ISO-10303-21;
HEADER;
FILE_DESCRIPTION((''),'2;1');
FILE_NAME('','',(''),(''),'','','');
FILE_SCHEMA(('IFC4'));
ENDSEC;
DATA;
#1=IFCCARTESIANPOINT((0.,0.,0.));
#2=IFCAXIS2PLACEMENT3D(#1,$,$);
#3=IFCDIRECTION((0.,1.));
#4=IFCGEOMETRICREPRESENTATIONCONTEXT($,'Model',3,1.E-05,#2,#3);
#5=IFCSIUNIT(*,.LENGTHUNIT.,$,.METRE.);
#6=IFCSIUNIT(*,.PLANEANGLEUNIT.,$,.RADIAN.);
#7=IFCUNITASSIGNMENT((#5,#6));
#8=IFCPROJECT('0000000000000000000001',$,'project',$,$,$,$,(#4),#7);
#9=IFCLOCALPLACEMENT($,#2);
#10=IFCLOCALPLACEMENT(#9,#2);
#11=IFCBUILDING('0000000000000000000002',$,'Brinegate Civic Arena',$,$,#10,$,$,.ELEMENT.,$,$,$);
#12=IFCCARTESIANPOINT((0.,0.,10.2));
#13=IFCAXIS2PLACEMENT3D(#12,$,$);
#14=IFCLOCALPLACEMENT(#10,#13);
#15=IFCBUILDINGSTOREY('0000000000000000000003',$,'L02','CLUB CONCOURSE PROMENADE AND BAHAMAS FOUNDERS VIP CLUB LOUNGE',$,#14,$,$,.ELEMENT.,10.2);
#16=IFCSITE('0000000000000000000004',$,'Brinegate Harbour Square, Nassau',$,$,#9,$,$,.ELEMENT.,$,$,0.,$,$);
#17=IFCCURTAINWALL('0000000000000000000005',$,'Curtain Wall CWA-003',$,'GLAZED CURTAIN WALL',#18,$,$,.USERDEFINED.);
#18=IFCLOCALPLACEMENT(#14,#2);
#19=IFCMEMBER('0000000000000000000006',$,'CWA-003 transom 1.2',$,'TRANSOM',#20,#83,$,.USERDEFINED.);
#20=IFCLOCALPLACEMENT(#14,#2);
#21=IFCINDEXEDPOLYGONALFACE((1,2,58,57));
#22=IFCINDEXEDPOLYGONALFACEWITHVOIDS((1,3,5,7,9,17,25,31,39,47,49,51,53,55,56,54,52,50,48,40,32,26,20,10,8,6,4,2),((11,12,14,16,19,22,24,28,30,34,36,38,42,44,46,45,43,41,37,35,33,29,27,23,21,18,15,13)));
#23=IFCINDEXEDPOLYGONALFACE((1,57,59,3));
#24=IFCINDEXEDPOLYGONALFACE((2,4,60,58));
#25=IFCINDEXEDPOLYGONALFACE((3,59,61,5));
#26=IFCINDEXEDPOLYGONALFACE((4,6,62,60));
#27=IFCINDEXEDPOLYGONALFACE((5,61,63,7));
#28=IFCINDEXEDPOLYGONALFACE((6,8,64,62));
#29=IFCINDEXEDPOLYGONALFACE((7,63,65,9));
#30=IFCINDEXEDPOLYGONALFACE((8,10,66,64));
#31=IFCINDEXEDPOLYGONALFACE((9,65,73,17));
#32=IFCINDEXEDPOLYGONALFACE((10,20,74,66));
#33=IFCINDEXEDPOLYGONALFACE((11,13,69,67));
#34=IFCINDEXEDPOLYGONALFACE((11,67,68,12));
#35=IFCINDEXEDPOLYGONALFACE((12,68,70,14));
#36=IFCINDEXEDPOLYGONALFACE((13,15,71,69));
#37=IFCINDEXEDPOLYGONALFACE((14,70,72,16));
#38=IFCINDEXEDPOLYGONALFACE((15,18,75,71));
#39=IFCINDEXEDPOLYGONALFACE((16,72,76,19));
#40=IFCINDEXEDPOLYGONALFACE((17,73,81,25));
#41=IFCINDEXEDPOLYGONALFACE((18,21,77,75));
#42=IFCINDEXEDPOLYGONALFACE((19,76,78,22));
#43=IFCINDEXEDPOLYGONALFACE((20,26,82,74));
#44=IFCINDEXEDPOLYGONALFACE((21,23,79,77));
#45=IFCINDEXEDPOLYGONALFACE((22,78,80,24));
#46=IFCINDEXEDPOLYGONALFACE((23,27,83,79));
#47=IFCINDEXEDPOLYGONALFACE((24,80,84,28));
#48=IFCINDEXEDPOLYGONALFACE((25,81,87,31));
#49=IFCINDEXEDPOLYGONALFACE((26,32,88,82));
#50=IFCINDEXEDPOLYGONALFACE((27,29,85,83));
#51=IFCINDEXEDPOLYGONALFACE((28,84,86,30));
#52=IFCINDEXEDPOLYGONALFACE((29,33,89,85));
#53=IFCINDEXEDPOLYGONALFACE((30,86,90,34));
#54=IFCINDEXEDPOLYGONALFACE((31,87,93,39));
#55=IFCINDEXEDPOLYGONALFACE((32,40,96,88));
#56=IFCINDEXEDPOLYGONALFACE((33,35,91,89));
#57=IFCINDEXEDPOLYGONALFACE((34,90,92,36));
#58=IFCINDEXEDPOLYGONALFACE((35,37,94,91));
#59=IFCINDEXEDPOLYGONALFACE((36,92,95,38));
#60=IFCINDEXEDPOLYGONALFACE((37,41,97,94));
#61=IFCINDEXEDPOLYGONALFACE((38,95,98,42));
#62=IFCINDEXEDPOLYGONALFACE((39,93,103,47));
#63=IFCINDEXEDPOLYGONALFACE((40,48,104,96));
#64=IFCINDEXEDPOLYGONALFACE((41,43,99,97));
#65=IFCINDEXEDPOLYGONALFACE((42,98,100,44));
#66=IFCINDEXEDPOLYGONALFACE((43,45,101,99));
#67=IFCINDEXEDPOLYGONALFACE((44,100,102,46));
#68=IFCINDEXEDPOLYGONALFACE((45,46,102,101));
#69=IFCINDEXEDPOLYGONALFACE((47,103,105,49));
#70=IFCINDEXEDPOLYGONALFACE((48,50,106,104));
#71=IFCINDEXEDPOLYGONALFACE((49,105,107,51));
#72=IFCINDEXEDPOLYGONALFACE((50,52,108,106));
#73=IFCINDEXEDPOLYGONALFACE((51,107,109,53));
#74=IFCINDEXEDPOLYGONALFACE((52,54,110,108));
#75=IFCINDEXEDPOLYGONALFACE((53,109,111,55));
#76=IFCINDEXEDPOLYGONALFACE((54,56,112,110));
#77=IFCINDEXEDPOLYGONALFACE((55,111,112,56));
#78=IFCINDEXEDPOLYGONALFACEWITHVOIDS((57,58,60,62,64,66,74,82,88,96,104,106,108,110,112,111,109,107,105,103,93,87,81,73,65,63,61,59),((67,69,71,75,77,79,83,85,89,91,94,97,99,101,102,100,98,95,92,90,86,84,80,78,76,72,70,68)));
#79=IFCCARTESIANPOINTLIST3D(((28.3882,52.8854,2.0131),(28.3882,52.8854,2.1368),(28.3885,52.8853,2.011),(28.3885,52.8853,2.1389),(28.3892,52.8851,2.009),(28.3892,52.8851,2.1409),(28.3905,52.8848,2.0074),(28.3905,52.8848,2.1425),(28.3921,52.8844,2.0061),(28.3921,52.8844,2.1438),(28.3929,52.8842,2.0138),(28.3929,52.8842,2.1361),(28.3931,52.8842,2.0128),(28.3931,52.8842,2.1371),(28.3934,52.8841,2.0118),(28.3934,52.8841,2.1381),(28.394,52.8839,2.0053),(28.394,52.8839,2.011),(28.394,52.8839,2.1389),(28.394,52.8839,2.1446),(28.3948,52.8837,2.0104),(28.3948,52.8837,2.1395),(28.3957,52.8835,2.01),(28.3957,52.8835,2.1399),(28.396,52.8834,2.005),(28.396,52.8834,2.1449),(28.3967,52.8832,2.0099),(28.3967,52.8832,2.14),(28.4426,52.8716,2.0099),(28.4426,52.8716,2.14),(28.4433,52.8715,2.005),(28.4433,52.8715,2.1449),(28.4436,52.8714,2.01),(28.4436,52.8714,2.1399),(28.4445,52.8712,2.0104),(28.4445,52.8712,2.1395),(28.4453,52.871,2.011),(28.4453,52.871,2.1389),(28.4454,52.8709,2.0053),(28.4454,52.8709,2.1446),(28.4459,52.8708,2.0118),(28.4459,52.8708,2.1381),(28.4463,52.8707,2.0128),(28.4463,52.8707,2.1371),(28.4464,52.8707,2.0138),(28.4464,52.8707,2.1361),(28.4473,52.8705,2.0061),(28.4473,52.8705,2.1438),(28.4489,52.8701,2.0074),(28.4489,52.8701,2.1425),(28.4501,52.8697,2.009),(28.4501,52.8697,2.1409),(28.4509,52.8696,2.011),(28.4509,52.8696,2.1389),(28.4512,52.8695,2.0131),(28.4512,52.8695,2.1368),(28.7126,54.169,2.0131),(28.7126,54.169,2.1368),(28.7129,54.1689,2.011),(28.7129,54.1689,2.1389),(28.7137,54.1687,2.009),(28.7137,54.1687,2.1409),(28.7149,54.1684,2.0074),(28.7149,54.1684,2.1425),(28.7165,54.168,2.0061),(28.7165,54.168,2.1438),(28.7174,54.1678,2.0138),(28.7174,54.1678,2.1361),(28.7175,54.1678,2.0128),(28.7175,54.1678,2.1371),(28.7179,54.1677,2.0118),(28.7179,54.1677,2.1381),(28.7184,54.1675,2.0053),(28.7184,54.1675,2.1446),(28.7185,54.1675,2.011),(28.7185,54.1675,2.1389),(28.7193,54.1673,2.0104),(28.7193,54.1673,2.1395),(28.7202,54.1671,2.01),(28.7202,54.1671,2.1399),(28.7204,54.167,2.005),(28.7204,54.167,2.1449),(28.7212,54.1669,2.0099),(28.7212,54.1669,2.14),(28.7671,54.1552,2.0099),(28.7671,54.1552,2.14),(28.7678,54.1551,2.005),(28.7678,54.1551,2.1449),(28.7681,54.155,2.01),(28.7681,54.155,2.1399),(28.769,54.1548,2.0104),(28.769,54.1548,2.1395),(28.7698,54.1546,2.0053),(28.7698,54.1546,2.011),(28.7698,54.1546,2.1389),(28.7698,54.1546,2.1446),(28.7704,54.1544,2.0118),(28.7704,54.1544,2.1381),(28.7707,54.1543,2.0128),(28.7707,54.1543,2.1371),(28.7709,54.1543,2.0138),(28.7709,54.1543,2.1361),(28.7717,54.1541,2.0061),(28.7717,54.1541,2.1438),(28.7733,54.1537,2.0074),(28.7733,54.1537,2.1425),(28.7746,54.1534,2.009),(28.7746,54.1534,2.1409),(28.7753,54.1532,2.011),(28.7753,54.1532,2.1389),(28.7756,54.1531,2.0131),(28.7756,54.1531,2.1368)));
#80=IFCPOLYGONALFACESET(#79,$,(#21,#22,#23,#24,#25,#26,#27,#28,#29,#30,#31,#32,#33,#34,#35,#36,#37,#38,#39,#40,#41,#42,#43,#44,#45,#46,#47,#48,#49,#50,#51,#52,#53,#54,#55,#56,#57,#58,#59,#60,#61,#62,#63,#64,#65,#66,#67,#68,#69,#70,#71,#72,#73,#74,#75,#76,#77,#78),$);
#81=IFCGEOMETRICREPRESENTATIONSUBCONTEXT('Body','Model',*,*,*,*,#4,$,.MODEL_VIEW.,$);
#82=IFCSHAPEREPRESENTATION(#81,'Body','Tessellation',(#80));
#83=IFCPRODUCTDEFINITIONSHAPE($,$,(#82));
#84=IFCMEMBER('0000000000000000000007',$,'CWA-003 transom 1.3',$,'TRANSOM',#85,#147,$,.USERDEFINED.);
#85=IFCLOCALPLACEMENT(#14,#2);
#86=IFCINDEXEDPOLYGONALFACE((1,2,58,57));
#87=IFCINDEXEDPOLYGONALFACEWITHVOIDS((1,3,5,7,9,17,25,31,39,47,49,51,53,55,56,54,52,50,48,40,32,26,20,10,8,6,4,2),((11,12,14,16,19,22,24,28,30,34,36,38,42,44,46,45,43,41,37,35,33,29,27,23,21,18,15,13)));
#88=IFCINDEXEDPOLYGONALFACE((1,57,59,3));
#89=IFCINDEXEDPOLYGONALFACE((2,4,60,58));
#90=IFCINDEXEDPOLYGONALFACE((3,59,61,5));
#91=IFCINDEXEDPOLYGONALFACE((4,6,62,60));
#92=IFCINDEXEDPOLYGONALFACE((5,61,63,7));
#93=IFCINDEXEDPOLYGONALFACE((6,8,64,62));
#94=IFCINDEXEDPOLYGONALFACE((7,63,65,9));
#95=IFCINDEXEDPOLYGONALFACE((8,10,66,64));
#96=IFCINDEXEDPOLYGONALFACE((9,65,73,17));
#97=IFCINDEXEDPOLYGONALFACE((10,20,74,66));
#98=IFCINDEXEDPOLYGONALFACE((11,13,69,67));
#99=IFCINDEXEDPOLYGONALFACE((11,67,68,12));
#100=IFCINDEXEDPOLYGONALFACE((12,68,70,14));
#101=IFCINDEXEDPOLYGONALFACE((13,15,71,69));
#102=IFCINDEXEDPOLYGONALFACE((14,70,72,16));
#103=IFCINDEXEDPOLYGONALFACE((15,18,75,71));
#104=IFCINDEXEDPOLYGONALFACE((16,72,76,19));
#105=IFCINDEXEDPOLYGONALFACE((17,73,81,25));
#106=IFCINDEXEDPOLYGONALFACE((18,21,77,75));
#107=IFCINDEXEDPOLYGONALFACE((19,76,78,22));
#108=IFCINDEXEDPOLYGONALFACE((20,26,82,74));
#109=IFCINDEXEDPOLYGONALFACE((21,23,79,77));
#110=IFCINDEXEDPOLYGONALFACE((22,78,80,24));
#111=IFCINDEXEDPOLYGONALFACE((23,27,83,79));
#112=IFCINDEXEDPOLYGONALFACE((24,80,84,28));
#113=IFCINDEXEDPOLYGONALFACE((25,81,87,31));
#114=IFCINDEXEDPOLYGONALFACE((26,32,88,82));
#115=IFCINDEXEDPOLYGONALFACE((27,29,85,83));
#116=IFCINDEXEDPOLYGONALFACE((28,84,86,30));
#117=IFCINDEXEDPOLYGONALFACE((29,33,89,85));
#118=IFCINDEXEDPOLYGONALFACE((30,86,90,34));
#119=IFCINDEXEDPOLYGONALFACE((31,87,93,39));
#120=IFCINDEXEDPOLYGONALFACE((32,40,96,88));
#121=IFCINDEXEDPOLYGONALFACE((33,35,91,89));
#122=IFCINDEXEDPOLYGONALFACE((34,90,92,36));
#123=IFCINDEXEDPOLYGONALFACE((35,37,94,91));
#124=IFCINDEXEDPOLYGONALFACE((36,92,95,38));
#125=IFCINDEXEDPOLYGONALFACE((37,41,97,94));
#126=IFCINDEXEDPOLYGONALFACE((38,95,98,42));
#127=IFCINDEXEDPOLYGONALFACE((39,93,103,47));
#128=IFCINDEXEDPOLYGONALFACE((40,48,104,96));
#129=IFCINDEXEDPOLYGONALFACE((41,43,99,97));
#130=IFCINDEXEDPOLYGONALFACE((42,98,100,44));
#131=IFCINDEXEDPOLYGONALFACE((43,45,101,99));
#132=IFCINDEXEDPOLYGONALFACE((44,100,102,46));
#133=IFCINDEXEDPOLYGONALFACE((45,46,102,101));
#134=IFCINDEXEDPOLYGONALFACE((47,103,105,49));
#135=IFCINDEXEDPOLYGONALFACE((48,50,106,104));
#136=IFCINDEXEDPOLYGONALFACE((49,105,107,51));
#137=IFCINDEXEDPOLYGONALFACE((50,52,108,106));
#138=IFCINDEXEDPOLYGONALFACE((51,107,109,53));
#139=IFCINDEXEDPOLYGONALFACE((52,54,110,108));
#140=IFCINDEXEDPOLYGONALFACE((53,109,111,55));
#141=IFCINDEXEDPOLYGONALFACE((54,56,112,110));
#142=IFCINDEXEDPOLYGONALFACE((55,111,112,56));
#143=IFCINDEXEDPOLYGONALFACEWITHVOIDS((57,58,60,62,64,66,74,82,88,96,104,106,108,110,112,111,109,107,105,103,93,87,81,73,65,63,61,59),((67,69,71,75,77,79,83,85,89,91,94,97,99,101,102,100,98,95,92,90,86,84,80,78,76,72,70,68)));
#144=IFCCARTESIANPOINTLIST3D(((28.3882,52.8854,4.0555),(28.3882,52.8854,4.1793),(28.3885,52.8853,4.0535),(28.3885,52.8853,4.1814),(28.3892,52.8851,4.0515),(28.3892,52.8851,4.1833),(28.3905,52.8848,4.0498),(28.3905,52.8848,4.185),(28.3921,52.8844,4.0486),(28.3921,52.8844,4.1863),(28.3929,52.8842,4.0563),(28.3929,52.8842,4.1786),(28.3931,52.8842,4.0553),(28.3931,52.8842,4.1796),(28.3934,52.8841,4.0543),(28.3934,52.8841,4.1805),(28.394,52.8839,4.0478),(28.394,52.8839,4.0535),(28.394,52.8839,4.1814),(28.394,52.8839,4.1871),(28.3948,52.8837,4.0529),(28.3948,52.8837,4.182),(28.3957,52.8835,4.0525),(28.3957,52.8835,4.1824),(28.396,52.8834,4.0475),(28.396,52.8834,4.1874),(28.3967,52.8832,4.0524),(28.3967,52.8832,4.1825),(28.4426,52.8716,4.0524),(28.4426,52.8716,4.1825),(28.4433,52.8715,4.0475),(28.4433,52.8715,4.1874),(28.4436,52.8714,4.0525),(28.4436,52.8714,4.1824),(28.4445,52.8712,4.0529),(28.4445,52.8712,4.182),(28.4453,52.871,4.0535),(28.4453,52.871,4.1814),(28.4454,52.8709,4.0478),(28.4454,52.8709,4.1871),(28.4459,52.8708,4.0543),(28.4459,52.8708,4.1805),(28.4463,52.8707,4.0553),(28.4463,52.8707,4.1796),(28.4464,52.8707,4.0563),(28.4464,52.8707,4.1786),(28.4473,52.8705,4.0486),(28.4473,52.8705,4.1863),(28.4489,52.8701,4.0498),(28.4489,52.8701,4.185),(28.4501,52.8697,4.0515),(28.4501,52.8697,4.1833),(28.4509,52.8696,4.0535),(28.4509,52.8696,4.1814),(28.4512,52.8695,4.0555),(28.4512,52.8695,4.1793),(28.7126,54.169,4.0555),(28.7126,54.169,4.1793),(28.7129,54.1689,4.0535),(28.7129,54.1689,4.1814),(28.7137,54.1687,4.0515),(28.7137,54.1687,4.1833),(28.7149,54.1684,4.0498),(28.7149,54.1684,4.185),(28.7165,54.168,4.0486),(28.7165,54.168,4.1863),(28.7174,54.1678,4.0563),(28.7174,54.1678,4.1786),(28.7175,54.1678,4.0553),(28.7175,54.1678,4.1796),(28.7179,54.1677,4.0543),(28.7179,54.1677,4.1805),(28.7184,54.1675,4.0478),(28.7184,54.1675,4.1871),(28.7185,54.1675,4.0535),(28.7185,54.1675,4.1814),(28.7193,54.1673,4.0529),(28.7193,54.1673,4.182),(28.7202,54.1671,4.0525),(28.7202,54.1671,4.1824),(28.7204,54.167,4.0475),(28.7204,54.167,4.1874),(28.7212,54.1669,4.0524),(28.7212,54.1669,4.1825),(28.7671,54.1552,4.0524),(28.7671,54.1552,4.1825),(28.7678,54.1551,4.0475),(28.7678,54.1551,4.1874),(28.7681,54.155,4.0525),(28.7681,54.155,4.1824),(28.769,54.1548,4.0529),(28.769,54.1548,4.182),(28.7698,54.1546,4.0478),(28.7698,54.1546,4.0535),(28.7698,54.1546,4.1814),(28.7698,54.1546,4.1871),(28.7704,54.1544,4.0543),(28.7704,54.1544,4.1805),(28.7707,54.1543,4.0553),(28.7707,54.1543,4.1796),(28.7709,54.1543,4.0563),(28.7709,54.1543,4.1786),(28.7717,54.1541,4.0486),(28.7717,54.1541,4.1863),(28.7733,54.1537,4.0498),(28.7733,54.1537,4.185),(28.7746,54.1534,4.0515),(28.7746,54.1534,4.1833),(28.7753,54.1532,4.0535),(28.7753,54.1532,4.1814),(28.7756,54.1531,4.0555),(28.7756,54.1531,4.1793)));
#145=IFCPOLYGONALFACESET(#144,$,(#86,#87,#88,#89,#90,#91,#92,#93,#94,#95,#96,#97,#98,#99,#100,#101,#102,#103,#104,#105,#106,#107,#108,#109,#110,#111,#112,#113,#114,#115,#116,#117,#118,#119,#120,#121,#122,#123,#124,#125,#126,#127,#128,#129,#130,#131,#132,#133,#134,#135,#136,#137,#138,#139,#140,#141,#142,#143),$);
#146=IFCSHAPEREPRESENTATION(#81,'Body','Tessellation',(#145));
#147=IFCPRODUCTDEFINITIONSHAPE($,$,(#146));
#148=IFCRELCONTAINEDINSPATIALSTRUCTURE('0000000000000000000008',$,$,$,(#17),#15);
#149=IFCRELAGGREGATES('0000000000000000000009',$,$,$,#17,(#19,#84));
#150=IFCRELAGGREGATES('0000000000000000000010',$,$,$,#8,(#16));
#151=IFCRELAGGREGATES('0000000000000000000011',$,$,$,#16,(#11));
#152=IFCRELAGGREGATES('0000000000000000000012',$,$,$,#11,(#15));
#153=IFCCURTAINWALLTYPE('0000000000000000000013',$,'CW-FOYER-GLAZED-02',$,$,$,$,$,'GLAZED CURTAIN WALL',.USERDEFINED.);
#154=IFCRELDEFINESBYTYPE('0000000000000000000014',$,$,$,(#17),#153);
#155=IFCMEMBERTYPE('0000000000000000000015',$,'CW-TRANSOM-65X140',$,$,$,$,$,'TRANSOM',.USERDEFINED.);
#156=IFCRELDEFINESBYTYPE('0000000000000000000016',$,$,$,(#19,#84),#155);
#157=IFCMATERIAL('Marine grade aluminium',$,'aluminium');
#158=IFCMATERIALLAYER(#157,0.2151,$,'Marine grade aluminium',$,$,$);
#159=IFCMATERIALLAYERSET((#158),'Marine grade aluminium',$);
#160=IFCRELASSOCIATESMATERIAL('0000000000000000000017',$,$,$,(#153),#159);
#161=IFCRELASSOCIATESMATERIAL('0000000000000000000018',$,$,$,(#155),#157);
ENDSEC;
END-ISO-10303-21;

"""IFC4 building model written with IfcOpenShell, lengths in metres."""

from ifc_helpers import new_model, si_unit, direction, frame, origin, origin_2d, place, context, subcontext, project, spatial, hollow_rectangle, extrude, material, layer, layer_set, material_profile, profile_set, type_object, element, aggregate, save


model = new_model("IFC4")

# Units and contexts
model_context = context("Model", 3, precision=1e-05, world=origin(), true_north=direction((0.0, 1.0)))
body_context = subcontext(model_context, "Body", "Model", "MODEL_VIEW")
ifc_project = project(units=[si_unit("LENGTHUNIT", "METRE"), si_unit("PLANEANGLEUNIT", "RADIAN")], contexts=[model_context])

# Site, building, storey
site_placement = place(None, origin())
site = spatial("IfcSite", under=ifc_project, at=site_placement, Name="Brinegate Harbour Square, Nassau", CompositionType="ELEMENT", RefElevation=0.0)
building_placement = place(site_placement, origin())
building = spatial("IfcBuilding", under=site, at=building_placement, Name="Brinegate Civic Arena", CompositionType="ELEMENT")
storey_placement = place(building_placement, frame((0.0, 0.0, 10.2)))
storey = spatial("IfcBuildingStorey", under=building, at=storey_placement, Name="L02", Description="CLUB CONCOURSE PROMENADE AND BAHAMAS FOUNDERS VIP CLUB LOUNGE", CompositionType="ELEMENT", Elevation=10.2)

# Shared definitions
ifc_material_1 = material(Name="Marine grade aluminium", Category="aluminium")

# Curtain wall, members
ifc_layer_1 = layer(ifc_material_1, 0.2151, Name="Marine grade aluminium")
ifc_layer_set_1 = layer_set([ifc_layer_1], Name="Marine grade aluminium")
curtain_wall_type_1 = type_object("IfcCurtainWallType", Name="CW-FOYER-GLAZED-02", ElementType="GLAZED CURTAIN WALL", PredefinedType="USERDEFINED", material=ifc_layer_set_1)
curtain_wall_1_placement = place(storey_placement, origin())
curtain_wall_1 = element("IfcCurtainWall", 1, at=curtain_wall_1_placement, inside=storey, type_object=curtain_wall_type_1, Name="Curtain Wall CWA-003", ObjectType="GLAZED CURTAIN WALL", PredefinedType="USERDEFINED")
ifc_material_profile_1 = material_profile(ifc_material_1, hollow_rectangle(XDim=0.0649, YDim=0.1399, WallThickness=0.0049, InnerFilletRadius=0.0039, OuterFilletRadius=0.0081, at=origin_2d()), Name="TRN65X140")
ifc_profile_set_1 = profile_set([ifc_material_profile_1], Name="Marine grade aluminium")
member_type_1 = type_object("IfcMemberType", Name="CW-TRANSOM-65X140", ElementType="TRANSOM", PredefinedType="USERDEFINED", material=ifc_profile_set_1)
member_1_placement = place(storey_placement, frame((28.4197, 52.8774, 2.075), z_axis=(0.245051, 0.96951, 0.0), x_axis=(-0.96951, 0.245051, 0.0)))
member_1 = element("IfcMember", 2, at=member_1_placement, type_object=member_type_1, Name="CWA-003 transom 1.2", ObjectType="TRANSOM", PredefinedType="USERDEFINED", context=body_context, shape_type="SweptSolid", body=[
    extrude(hollow_rectangle(XDim=0.0649, YDim=0.1399, WallThickness=0.0049, InnerFilletRadius=0.0039, OuterFilletRadius=0.0081, at=origin_2d()), origin(), (0.0, 0.0, 1.0), 1.324),
])
member_2_placement = place(storey_placement, frame((28.4197, 52.8774, 4.1174), z_axis=(0.245051, 0.96951, 0.0), x_axis=(-0.96951, 0.245051, 0.0)))
member_2 = element("IfcMember", 3, at=member_2_placement, type_object=member_type_1, Name="CWA-003 transom 1.3", ObjectType="TRANSOM", PredefinedType="USERDEFINED", context=body_context, shape_type="SweptSolid", body=[
    extrude(hollow_rectangle(XDim=0.0649, YDim=0.1399, WallThickness=0.0049, InnerFilletRadius=0.0039, OuterFilletRadius=0.0081, at=origin_2d()), origin(), (0.0, 0.0, 1.0), 1.324),
])
aggregate(curtain_wall_1, [member_1, member_2])

save(model, "model.ifc")
